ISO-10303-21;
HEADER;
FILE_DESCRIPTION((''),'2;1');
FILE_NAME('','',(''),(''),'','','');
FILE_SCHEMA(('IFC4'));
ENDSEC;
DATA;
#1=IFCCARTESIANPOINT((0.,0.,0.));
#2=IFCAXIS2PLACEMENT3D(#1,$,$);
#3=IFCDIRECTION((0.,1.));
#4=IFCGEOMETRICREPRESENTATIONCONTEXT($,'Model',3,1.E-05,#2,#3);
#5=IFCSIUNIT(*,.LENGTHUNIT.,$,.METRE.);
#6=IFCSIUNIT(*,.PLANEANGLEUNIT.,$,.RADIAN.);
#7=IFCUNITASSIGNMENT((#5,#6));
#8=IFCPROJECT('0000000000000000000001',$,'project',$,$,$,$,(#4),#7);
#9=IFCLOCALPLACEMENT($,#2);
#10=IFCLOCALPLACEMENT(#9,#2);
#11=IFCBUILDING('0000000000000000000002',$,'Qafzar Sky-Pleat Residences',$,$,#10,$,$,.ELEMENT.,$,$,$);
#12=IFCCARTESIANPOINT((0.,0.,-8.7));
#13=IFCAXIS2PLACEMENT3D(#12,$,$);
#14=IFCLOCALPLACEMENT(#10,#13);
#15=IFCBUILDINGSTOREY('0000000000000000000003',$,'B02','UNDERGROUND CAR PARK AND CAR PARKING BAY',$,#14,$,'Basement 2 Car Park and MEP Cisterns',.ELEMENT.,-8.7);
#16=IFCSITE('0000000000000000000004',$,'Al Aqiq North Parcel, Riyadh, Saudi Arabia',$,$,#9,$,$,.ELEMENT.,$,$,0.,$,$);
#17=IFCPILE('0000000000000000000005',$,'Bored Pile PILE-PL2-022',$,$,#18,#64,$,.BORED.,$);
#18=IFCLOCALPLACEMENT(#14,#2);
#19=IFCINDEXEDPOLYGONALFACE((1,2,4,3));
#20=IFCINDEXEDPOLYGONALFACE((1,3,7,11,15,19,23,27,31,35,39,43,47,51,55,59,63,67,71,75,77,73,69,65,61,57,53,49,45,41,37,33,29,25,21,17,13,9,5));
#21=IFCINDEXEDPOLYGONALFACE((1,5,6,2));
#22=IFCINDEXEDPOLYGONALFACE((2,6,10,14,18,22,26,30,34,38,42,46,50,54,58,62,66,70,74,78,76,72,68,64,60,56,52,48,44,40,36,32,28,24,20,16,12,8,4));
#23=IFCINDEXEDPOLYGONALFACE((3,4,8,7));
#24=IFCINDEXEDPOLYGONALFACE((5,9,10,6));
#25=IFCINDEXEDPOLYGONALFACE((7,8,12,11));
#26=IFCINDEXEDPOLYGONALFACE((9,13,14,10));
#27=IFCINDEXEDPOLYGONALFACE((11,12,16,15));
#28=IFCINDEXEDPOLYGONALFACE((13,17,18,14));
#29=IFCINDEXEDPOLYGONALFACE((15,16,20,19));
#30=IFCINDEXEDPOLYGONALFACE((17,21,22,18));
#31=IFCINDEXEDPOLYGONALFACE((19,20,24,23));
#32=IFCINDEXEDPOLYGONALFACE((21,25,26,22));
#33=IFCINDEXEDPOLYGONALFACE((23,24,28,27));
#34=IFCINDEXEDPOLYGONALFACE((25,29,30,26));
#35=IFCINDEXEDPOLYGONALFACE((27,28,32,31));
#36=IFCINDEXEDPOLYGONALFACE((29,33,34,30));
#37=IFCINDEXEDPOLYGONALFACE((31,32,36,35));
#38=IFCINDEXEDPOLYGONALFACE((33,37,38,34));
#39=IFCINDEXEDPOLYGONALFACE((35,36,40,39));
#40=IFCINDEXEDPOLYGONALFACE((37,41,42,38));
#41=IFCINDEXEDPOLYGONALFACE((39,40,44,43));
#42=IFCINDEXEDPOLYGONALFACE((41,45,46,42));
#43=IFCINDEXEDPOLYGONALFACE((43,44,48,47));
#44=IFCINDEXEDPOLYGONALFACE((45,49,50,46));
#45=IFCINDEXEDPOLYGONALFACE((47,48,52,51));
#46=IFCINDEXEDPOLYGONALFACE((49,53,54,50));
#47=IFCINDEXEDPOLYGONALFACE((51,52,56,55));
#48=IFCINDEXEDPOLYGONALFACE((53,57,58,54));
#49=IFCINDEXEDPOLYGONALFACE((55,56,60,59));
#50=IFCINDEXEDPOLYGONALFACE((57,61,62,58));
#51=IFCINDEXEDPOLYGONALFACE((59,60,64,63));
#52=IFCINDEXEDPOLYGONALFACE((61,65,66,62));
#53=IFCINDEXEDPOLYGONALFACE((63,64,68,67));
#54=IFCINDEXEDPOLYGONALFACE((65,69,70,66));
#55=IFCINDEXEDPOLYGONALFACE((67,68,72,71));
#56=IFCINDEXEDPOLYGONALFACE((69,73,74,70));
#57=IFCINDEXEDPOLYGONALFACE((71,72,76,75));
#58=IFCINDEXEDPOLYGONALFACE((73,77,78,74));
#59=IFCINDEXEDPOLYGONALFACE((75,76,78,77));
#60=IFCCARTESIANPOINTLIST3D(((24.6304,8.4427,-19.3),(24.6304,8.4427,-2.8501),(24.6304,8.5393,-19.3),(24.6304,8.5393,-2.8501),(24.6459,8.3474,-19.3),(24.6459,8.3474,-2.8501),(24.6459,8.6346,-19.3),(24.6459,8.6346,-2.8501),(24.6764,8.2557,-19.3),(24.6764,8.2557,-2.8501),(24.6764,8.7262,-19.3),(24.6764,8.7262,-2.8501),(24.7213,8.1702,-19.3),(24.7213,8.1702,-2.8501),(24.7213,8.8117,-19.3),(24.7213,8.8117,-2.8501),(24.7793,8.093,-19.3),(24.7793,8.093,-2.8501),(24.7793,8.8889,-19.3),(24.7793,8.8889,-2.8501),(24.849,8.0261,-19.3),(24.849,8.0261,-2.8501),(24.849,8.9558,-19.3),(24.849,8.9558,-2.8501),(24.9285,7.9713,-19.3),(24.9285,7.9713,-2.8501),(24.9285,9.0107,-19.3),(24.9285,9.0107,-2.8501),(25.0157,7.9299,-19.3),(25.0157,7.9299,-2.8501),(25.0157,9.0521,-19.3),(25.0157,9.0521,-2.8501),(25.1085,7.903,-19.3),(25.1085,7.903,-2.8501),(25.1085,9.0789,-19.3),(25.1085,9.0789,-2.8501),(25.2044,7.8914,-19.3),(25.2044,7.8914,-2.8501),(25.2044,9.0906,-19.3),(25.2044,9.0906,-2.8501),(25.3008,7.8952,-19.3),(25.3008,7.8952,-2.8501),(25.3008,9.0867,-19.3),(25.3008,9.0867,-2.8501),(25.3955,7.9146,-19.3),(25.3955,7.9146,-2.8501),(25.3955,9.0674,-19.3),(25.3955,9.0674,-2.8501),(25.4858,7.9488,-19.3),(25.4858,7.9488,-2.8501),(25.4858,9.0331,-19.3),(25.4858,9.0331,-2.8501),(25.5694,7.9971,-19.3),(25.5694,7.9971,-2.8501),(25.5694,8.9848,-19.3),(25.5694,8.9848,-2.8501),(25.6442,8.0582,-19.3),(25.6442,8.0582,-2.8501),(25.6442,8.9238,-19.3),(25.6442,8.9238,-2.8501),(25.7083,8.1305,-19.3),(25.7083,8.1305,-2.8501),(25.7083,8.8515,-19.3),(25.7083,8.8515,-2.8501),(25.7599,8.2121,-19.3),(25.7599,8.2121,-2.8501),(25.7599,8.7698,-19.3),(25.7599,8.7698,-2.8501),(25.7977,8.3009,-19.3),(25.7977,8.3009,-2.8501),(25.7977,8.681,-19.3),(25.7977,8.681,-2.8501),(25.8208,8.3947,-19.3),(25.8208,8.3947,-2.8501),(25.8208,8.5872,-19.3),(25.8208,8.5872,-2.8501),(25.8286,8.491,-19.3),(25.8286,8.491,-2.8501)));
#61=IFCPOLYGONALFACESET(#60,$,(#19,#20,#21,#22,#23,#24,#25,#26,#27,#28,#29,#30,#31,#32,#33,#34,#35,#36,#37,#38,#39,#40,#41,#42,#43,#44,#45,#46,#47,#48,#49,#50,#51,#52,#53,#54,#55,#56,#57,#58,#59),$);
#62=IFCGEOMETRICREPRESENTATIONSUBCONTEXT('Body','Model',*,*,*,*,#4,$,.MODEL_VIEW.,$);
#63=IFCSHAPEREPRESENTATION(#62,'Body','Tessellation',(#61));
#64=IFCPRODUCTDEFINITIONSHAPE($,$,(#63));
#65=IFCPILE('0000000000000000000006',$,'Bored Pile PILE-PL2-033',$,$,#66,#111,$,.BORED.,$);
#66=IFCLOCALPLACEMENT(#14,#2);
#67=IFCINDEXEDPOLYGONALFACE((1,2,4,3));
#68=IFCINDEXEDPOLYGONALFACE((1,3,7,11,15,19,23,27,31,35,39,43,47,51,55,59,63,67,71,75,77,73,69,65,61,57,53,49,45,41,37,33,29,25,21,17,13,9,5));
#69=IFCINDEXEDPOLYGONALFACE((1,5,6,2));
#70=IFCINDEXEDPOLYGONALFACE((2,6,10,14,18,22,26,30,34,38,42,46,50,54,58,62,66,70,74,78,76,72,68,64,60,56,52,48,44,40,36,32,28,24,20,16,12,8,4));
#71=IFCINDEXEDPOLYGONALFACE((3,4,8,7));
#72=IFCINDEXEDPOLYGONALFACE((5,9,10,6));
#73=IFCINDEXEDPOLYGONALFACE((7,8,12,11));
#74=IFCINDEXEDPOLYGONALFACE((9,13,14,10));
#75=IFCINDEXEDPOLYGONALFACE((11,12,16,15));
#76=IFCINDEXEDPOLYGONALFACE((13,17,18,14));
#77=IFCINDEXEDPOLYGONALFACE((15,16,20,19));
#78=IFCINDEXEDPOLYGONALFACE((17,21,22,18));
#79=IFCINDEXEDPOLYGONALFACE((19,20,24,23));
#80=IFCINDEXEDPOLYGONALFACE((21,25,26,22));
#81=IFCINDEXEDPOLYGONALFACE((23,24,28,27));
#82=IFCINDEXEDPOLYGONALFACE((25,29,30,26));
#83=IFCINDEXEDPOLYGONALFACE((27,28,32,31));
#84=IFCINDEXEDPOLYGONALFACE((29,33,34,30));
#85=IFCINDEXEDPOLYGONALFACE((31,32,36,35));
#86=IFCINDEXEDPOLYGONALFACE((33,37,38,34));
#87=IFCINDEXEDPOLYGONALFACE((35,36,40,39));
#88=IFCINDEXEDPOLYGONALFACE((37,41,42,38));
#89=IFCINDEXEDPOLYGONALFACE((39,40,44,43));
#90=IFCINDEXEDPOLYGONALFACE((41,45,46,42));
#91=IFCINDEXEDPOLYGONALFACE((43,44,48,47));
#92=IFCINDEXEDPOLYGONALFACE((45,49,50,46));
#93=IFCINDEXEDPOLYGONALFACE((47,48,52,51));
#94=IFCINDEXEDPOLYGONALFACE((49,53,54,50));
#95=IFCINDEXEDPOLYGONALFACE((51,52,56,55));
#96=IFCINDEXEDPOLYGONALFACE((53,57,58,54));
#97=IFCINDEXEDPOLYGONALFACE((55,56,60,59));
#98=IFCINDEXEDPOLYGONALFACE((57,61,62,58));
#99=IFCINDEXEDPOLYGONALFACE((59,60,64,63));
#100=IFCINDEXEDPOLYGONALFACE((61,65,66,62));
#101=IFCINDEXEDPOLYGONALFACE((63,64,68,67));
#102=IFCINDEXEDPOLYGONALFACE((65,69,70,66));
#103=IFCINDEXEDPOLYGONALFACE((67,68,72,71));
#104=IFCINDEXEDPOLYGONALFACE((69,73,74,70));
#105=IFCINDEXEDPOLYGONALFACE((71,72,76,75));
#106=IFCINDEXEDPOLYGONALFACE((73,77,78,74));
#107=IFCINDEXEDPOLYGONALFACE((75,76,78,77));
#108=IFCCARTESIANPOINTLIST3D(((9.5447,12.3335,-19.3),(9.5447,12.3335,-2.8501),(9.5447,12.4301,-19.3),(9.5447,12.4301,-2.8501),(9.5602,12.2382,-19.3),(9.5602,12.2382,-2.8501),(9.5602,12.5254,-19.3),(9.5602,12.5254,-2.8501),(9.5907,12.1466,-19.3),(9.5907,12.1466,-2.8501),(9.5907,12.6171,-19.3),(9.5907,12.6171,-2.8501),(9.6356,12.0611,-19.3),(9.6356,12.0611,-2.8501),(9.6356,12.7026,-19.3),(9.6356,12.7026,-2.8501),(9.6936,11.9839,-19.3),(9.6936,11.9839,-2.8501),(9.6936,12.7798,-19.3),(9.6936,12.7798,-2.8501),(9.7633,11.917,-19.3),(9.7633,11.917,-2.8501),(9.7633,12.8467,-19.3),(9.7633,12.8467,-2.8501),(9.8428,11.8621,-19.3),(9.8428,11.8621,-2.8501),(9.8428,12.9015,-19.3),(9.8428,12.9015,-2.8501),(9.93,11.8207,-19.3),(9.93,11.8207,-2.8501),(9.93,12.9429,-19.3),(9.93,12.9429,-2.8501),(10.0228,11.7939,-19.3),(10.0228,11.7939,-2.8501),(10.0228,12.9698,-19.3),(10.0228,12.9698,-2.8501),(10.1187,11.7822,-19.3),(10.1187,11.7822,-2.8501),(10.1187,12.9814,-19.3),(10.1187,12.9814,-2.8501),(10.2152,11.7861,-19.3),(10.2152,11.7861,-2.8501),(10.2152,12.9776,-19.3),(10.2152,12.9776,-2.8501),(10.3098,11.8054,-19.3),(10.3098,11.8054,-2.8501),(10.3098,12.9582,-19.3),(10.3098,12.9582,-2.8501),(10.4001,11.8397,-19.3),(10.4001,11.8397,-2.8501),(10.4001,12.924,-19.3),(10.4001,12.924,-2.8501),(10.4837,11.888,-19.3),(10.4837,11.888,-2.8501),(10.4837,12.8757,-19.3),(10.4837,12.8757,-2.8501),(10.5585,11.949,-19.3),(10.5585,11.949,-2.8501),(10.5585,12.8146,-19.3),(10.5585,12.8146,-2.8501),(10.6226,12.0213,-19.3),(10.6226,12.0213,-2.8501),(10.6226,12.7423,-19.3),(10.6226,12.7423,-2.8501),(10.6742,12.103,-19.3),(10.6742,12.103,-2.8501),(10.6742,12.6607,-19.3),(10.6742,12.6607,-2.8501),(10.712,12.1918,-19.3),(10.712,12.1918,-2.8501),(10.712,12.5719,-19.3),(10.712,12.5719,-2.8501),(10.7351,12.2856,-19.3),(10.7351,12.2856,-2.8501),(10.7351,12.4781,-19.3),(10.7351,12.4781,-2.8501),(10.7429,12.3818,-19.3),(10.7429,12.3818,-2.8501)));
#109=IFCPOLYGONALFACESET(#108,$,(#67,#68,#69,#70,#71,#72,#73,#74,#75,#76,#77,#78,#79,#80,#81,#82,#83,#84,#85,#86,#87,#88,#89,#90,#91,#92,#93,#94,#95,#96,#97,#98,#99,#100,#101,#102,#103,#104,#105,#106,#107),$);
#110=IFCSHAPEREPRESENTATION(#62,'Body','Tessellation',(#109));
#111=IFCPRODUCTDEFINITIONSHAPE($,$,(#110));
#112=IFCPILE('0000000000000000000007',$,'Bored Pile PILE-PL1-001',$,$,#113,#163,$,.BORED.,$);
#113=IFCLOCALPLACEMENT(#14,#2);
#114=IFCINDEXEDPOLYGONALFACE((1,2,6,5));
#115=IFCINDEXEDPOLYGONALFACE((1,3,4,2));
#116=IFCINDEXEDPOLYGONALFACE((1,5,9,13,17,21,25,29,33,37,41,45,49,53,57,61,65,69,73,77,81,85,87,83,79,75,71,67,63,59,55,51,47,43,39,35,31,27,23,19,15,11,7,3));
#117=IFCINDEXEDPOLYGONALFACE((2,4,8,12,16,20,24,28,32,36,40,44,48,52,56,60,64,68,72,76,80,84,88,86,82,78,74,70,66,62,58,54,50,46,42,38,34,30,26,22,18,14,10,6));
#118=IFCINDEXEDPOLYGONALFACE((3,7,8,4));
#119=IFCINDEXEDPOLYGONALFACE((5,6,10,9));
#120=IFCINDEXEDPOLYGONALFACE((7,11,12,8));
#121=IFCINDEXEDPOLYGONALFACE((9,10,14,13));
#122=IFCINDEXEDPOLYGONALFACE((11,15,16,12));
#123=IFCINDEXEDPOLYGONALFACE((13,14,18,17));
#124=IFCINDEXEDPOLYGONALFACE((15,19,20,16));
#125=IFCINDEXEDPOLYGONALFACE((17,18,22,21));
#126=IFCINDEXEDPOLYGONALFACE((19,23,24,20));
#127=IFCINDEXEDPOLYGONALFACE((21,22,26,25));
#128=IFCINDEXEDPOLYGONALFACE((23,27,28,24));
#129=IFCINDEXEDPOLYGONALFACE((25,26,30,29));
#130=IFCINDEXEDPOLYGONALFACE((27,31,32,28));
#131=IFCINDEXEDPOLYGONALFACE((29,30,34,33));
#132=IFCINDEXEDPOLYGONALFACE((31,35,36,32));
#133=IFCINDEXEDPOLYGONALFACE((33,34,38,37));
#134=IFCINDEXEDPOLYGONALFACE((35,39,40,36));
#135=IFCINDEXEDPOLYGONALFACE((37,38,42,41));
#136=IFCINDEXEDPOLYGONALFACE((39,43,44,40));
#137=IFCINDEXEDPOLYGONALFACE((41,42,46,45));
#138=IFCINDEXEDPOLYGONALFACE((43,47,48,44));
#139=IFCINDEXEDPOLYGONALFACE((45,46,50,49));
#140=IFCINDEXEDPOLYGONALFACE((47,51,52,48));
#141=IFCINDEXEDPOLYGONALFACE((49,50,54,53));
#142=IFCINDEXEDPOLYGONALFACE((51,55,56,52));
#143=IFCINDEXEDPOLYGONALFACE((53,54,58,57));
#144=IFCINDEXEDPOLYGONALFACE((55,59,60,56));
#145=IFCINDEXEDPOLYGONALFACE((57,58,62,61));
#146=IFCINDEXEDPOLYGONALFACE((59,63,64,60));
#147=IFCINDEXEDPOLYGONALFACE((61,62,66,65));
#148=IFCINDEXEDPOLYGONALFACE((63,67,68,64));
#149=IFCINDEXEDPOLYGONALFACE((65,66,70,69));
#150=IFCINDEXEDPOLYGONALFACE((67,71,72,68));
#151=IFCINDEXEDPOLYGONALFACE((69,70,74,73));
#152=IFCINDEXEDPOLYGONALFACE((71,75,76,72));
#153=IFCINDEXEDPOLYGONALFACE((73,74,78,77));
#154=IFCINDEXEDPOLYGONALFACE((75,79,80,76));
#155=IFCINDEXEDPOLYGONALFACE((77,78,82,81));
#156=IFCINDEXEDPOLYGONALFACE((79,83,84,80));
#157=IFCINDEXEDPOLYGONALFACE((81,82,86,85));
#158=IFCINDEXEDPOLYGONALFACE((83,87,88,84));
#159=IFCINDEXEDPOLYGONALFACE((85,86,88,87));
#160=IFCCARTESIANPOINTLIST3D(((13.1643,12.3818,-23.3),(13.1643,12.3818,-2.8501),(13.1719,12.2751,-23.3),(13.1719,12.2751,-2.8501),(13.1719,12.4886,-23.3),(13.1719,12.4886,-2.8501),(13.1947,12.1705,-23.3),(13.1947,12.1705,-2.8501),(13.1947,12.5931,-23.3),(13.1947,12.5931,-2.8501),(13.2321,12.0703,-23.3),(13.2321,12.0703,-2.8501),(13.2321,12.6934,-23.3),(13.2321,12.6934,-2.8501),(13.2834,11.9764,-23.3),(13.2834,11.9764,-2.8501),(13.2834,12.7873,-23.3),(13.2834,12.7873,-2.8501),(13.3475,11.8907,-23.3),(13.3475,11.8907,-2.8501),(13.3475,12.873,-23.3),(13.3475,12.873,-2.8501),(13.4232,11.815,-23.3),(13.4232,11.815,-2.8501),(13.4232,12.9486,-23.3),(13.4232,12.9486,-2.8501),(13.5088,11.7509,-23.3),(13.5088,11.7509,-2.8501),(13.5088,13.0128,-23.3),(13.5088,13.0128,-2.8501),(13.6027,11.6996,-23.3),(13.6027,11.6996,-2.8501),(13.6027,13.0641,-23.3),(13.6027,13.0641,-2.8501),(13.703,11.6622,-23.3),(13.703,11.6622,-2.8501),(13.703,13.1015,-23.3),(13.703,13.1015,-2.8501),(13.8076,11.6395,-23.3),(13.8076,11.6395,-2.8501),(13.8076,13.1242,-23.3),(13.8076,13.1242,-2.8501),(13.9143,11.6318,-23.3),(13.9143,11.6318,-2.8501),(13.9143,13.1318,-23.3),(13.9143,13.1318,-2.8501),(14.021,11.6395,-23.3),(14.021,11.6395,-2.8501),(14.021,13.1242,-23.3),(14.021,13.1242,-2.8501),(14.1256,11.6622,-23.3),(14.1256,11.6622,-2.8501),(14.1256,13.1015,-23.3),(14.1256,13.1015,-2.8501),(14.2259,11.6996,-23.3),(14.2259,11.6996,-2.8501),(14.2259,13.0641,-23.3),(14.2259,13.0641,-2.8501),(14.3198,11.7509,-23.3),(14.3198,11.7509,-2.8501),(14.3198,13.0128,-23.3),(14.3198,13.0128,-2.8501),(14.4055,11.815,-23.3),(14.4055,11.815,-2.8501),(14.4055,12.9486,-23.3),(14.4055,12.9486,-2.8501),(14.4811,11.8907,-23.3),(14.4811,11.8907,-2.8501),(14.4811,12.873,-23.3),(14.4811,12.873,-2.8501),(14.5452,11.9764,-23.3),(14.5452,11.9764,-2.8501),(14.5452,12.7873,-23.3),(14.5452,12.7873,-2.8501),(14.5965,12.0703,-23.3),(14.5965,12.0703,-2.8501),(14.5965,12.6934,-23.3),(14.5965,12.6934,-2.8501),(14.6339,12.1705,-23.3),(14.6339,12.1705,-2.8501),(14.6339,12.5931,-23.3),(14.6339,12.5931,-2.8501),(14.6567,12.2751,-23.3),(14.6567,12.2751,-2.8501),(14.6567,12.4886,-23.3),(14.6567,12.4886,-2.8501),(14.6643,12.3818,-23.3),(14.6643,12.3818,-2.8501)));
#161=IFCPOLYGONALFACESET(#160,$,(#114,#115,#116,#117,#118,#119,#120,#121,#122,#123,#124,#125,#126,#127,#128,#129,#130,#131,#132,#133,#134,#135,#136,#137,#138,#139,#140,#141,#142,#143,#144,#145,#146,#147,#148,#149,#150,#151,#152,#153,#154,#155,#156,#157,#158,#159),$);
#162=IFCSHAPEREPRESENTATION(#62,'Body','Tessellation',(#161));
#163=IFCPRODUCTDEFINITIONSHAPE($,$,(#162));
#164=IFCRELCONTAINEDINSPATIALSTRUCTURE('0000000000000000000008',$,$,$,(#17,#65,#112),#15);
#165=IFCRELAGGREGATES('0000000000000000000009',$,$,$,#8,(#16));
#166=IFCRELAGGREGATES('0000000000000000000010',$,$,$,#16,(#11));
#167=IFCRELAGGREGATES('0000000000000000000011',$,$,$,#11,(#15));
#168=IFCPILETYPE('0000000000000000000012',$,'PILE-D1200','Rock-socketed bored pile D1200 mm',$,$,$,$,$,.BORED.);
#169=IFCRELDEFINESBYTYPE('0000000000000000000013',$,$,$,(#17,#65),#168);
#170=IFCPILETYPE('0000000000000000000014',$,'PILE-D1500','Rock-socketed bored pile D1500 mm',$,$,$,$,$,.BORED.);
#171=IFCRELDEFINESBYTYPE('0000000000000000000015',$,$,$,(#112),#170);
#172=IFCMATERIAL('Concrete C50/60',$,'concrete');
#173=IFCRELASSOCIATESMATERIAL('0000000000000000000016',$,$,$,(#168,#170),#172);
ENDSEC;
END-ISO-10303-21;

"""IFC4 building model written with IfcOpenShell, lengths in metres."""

from ifc_helpers import new_model, si_unit, direction, frame, origin, origin_2d, place, context, subcontext, project, spatial, circle, extrude, source, transform, mapped, material, material_profile, profile_set, type_object, element, save


model = new_model("IFC4")

# Units and contexts
model_context = context("Model", 3, precision=1e-05, world=origin(), true_north=direction((0.0, 1.0)))
body_context = subcontext(model_context, "Body", "Model", "MODEL_VIEW")
ifc_project = project(units=[si_unit("LENGTHUNIT", "METRE"), si_unit("PLANEANGLEUNIT", "RADIAN")], contexts=[model_context])

# Site, building, storey
site_placement = place(None, origin())
site = spatial("IfcSite", under=ifc_project, at=site_placement, Name="Al Aqiq North Parcel, Riyadh, Saudi Arabia", CompositionType="ELEMENT", RefElevation=0.0)
building_placement = place(site_placement, origin())
building = spatial("IfcBuilding", under=site, at=building_placement, Name="Qafzar Sky-Pleat Residences", CompositionType="ELEMENT")
storey_placement = place(building_placement, frame((0.0, 0.0, -8.7)))
storey = spatial("IfcBuildingStorey", under=building, at=storey_placement, Name="B02", Description="UNDERGROUND CAR PARK AND CAR PARKING BAY", LongName="Basement 2 Car Park and MEP Cisterns", CompositionType="ELEMENT", Elevation=-8.7)

# Piles
ifc_material_1 = material(Name="Concrete C50/60", Category="concrete")
ifc_material_profile_1 = material_profile(ifc_material_1, circle(Radius=0.6001, at=origin_2d()), Name="PILE D1200")
ifc_profile_set_1 = profile_set([ifc_material_profile_1], Name="Concrete C50/60")
pile_type_1 = type_object("IfcPileType", Name="PILE-D1200", Description="Rock-socketed bored pile D1200 mm", PredefinedType="BORED", material=ifc_profile_set_1)
shared_shape_1 = source(origin(), body_context, "Body", "SweptSolid", [
    extrude(circle(Radius=0.6001, at=origin_2d()), origin(), (0.0, 0.0, 1.0), 16.45),
])
for number, where, z_axis, x_axis, name in (
    (1, (25.2285, 8.491, -2.8501), (0.0, 0.0, -1.0), (1.0, 0.0, 0.0), "Bored Pile PILE-PL2-022"),
    (2, (10.1428, 12.3818, -2.8501), (0.0, 0.0, -1.0), (1.0, 0.0, 0.0), "Bored Pile PILE-PL2-033"),
):
    element("IfcPile", number, at=place(storey_placement, frame(where, z_axis=z_axis, x_axis=x_axis)), inside=storey, type_object=pile_type_1, Name=name, PredefinedType="BORED", context=body_context, shape_type="MappedRepresentation", body=[
        mapped(shared_shape_1, transform((0.0, 0.0, 0.0), x_axis=(1.0, 0.0, 0.0), y_axis=(0.0, 1.0, 0.0), z_axis=(0.0, 0.0, 1.0), scale=1.0)),
    ])
ifc_material_profile_2 = material_profile(ifc_material_1, circle(Radius=0.75, at=origin_2d()), Name="PILE D1500")
ifc_profile_set_2 = profile_set([ifc_material_profile_2], Name="Concrete C50/60")
pile_type_2 = type_object("IfcPileType", Name="PILE-D1500", Description="Rock-socketed bored pile D1500 mm", PredefinedType="BORED", material=ifc_profile_set_2)
shared_shape_2 = source(origin(), body_context, "Body", "SweptSolid", [
    extrude(circle(Radius=0.75, at=origin_2d()), origin(), (0.0, 0.0, 1.0), 20.45),
])
for number, where, z_axis, x_axis, name in (
    (3, (13.9143, 12.3818, -2.8501), (0.0, 0.0, -1.0), (1.0, 0.0, 0.0), "Bored Pile PILE-PL1-001"),
):
    element("IfcPile", number, at=place(storey_placement, frame(where, z_axis=z_axis, x_axis=x_axis)), inside=storey, type_object=pile_type_2, Name=name, PredefinedType="BORED", context=body_context, shape_type="MappedRepresentation", body=[
        mapped(shared_shape_2, transform((0.0, 0.0, 0.0), x_axis=(1.0, 0.0, 0.0), y_axis=(0.0, 1.0, 0.0), z_axis=(0.0, 0.0, 1.0), scale=1.0)),
    ])

save(model, "model.ifc")
